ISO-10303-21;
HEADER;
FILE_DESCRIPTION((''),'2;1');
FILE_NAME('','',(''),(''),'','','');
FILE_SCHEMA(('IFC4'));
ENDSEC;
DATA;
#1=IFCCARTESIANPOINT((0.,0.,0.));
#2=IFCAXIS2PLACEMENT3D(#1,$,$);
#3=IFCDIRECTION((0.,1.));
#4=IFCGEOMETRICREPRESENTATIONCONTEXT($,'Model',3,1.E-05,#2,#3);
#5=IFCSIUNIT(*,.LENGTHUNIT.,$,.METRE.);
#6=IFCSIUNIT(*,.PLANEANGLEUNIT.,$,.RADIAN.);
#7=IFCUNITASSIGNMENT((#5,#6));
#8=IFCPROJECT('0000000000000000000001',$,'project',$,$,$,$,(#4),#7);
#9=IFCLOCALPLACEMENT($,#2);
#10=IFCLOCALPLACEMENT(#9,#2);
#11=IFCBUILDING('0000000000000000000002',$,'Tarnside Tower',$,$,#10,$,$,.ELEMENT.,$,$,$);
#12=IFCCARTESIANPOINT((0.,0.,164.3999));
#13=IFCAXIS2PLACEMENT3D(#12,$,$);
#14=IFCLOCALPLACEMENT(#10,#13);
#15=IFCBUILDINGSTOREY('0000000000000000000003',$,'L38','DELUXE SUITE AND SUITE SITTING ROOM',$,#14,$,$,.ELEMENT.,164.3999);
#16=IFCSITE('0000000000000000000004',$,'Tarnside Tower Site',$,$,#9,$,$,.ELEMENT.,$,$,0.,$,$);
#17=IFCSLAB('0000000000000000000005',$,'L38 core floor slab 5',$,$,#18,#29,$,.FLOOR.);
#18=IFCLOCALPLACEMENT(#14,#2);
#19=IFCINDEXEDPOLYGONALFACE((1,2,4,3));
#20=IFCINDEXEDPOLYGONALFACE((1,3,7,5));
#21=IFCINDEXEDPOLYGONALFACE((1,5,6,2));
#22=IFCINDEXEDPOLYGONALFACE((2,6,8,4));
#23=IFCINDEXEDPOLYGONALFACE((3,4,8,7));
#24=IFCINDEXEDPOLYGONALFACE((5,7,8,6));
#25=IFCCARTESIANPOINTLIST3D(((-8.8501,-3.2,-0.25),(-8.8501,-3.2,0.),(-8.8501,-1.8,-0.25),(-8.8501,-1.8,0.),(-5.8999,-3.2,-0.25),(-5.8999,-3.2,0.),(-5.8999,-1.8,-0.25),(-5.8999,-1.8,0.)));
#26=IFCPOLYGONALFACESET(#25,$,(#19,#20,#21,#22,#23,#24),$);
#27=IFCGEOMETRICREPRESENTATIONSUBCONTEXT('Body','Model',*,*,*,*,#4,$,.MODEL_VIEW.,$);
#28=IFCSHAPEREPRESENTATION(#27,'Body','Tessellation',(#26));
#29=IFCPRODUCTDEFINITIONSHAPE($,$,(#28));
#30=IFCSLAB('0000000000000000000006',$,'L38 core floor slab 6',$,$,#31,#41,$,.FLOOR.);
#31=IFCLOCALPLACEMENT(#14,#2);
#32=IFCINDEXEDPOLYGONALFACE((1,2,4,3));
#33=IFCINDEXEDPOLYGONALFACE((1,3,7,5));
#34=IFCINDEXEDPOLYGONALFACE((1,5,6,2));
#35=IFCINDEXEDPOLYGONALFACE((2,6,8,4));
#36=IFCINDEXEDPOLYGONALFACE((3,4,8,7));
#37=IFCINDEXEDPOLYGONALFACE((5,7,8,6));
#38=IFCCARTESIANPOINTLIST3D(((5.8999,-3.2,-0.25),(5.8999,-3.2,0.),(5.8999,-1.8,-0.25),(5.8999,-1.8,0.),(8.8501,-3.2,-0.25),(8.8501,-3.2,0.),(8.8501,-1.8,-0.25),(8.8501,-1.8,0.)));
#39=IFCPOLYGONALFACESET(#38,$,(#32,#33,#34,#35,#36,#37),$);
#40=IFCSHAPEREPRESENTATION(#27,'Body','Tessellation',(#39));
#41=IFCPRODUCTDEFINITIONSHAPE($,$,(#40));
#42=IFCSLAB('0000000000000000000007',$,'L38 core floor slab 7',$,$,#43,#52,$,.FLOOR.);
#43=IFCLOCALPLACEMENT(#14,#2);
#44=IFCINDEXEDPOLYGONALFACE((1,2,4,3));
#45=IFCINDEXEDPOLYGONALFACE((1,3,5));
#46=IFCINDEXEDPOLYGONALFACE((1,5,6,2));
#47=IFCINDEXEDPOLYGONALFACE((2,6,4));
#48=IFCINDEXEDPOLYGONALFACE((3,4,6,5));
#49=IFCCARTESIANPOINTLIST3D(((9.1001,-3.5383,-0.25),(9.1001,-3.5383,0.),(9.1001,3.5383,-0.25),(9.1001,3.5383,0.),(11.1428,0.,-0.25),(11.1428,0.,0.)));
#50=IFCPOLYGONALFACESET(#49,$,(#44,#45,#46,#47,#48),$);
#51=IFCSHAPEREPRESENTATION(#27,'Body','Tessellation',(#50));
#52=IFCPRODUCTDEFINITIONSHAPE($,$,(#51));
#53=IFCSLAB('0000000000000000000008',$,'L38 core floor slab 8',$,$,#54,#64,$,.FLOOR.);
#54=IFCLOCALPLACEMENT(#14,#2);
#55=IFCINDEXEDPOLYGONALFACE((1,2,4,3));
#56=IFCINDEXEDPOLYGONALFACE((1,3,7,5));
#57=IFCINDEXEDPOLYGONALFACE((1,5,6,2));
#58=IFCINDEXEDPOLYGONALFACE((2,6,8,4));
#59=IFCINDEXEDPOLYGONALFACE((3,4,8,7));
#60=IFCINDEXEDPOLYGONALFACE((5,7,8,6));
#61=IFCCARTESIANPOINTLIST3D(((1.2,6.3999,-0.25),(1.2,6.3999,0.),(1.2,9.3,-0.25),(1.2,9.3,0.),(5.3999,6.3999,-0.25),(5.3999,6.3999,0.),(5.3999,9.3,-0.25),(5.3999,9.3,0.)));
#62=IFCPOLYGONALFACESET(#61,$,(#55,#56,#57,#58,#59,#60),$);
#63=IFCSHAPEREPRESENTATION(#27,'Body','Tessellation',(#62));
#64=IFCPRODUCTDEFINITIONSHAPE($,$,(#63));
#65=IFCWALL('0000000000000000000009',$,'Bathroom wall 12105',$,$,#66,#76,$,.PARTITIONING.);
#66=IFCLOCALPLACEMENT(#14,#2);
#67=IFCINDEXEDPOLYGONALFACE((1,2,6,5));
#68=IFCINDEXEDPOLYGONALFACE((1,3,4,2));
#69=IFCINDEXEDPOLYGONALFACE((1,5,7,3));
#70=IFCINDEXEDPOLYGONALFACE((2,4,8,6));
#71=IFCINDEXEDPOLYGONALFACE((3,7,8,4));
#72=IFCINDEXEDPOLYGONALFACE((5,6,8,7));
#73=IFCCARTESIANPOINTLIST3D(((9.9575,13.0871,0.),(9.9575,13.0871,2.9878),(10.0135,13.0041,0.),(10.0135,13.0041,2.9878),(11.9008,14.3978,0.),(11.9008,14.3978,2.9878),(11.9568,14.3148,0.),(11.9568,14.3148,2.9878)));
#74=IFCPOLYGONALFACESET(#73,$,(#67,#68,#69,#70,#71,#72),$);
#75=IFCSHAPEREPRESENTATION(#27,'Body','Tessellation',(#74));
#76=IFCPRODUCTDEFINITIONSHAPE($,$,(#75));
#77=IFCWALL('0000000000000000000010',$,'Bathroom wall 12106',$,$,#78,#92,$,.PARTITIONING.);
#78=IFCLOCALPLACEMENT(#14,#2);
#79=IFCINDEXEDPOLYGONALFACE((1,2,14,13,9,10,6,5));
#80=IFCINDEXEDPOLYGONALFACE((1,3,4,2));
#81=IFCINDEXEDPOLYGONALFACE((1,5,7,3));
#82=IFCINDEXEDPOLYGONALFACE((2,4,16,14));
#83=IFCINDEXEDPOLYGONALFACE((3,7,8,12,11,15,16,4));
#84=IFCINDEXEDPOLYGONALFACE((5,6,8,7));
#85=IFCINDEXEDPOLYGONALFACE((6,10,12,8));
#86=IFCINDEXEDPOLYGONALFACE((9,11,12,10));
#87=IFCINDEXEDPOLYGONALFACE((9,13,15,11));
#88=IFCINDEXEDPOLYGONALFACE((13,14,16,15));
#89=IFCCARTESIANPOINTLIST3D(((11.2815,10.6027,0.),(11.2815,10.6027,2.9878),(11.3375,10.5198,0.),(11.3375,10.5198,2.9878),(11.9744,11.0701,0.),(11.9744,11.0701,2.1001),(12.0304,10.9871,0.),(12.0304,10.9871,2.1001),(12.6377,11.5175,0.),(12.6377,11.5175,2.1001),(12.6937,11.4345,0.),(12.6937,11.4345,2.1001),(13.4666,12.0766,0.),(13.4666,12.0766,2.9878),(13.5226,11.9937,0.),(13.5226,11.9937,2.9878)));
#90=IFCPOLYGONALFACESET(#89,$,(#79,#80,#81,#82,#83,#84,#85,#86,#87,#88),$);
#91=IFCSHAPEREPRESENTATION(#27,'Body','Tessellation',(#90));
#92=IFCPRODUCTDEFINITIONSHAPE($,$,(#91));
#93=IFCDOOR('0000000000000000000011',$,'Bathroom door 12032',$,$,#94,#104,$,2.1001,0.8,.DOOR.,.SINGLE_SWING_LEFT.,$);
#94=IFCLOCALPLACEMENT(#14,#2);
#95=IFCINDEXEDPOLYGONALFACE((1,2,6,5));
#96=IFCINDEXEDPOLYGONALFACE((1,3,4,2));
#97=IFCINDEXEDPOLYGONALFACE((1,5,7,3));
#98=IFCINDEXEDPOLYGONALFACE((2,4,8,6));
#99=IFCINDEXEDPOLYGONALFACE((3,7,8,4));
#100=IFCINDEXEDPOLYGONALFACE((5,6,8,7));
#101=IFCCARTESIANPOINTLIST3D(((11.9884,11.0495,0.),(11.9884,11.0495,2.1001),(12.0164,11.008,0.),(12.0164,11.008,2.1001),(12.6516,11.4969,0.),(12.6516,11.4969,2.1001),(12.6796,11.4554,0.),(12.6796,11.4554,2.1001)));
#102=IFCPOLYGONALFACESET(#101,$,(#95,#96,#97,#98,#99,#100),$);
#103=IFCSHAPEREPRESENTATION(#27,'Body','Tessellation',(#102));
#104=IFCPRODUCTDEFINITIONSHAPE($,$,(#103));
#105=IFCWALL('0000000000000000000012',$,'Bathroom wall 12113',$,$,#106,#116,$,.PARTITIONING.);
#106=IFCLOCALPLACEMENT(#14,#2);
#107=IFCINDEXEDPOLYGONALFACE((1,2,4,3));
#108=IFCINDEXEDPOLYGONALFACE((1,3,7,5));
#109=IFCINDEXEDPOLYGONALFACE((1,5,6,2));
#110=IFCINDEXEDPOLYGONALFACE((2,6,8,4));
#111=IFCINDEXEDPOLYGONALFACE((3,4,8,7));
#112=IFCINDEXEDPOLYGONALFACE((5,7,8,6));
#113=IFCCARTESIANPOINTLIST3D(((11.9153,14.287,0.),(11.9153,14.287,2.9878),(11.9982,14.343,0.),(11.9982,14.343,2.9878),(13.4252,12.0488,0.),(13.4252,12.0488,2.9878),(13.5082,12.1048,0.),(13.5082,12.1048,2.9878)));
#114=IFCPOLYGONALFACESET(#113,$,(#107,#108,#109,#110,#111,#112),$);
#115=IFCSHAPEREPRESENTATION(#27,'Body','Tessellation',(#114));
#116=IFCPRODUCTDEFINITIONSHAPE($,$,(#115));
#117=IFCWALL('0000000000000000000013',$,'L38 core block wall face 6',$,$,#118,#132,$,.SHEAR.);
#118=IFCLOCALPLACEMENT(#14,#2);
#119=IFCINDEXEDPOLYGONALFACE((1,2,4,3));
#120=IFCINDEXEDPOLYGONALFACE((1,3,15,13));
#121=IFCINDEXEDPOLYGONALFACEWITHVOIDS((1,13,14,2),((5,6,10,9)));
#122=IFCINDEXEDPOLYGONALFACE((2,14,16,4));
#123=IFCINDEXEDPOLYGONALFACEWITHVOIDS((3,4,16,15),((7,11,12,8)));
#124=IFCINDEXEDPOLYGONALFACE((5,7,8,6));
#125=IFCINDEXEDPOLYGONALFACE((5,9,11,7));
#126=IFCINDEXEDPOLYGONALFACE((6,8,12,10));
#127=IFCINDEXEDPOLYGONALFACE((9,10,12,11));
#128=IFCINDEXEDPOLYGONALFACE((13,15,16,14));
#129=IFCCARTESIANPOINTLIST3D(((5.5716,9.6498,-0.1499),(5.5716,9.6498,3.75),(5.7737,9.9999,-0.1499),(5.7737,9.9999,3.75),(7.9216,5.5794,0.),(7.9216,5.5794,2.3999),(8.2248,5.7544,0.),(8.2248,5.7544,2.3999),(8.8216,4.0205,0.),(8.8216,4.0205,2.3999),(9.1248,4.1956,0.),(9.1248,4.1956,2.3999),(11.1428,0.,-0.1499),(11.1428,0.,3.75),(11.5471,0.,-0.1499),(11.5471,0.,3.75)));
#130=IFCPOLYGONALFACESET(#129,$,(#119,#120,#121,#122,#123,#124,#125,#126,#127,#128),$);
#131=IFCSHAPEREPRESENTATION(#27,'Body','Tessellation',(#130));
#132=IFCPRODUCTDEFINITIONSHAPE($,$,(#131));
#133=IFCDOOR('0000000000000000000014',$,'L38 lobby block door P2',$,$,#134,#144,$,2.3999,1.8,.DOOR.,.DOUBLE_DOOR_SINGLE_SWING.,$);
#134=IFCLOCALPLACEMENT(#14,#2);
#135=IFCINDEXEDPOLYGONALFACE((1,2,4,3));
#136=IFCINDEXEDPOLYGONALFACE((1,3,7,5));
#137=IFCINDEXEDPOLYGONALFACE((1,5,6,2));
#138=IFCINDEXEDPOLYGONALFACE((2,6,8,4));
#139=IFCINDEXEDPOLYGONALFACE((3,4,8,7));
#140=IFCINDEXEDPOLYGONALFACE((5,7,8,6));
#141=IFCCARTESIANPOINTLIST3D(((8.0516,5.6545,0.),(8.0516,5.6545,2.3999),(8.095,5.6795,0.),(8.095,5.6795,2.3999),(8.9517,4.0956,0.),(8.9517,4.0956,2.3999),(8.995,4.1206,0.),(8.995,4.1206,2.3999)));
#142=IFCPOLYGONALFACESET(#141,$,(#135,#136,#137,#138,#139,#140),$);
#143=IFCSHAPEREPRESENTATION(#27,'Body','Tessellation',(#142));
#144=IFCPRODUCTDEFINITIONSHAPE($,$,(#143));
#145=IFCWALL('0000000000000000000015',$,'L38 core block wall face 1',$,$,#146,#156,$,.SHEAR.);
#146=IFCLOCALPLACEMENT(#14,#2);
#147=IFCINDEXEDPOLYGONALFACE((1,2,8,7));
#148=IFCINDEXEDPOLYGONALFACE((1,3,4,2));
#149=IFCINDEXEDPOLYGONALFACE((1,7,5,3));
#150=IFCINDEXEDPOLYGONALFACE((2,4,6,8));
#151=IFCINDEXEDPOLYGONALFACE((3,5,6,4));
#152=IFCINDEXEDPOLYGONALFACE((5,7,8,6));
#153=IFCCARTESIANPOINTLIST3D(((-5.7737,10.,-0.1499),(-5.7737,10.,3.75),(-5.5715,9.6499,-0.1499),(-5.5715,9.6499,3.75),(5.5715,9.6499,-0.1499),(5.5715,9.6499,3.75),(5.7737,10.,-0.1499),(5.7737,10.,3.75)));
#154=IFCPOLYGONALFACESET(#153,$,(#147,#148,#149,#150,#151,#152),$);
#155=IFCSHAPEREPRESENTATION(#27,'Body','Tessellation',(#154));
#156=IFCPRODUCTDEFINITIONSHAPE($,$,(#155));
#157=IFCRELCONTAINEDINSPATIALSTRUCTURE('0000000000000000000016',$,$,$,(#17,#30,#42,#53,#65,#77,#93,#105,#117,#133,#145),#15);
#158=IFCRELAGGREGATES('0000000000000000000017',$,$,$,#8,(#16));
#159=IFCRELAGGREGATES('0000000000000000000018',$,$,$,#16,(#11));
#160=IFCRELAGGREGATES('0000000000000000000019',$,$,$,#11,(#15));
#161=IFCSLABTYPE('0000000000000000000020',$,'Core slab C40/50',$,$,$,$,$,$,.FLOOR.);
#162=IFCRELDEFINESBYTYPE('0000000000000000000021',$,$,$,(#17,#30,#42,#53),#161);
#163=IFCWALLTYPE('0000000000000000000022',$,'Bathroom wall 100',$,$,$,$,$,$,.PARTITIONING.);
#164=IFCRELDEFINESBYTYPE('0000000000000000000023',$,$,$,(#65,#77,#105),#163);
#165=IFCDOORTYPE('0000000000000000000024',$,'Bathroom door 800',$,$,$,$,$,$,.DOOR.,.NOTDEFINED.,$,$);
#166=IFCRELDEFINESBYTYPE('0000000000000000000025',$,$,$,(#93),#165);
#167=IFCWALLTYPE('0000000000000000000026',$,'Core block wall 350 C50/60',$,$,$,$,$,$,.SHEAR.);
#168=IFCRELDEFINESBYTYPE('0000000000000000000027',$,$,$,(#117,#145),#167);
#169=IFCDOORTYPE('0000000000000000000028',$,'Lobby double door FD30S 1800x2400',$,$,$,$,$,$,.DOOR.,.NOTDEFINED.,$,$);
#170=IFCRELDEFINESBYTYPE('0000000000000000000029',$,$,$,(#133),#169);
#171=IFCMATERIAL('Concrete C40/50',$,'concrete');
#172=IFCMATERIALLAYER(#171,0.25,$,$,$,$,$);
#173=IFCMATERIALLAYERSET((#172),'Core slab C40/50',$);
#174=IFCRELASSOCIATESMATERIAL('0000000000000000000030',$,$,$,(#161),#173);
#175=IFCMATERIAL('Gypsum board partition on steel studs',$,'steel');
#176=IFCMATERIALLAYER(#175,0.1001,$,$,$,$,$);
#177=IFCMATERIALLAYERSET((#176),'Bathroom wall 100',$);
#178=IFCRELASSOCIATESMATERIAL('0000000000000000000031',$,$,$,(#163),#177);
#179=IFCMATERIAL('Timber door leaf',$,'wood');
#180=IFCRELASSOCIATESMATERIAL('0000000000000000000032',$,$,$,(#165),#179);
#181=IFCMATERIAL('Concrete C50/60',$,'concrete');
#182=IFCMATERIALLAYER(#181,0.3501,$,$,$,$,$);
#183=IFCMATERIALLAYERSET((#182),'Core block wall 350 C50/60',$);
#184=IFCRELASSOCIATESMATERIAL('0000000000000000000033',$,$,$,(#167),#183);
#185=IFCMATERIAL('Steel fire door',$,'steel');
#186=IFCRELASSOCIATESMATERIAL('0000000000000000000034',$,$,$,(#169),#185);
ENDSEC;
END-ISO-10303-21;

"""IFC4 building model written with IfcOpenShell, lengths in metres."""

from ifc_helpers import new_model, si_unit, direction, frame, frame_2d, origin, place, context, subcontext, project, spatial, polyline, rectangle, outline, extrude, material, layer, layer_set, type_object, element, fill, save


model = new_model("IFC4")

# Units and contexts
model_context = context("Model", 3, precision=1e-05, world=origin(), true_north=direction((0.0, 1.0)))
body_context = subcontext(model_context, "Body", "Model", "MODEL_VIEW")
ifc_project = project(units=[si_unit("LENGTHUNIT", "METRE"), si_unit("PLANEANGLEUNIT", "RADIAN")], contexts=[model_context])

# Site, building, storey
site_placement = place(None, origin())
site = spatial("IfcSite", under=ifc_project, at=site_placement, Name="Tarnside Tower Site", CompositionType="ELEMENT", RefElevation=0.0)
building_placement = place(site_placement, origin())
building = spatial("IfcBuilding", under=site, at=building_placement, Name="Tarnside Tower", CompositionType="ELEMENT")
storey_placement = place(building_placement, frame((0.0, 0.0, 164.3999)))
storey = spatial("IfcBuildingStorey", under=building, at=storey_placement, Name="L38", Description="DELUXE SUITE AND SUITE SITTING ROOM", CompositionType="ELEMENT", Elevation=164.3999)

# Slabs
ifc_material_1 = material(Name="Concrete C40/50", Category="concrete")
ifc_layer_1 = layer(ifc_material_1, 0.25)
ifc_layer_set_1 = layer_set([ifc_layer_1], Name="Core slab C40/50")
slab_type = type_object("IfcSlabType", Name="Core slab C40/50", PredefinedType="FLOOR", material=ifc_layer_set_1)
slab_1_placement = place(storey_placement, frame((0.0, 0.0, -0.25)))
element("IfcSlab", 1, at=slab_1_placement, inside=storey, type_object=slab_type, Name="L38 core floor slab 5", PredefinedType="FLOOR", context=body_context, shape_type="SweptSolid", body=[
    extrude(outline(polyline([(-8.8501, -1.8), (-5.8999, -1.8), (-5.8999, -3.2), (-8.8501, -3.2), (-8.8501, -1.8)])), origin(), (0.0, 0.0, 1.0), 0.25),
])
slab_2_placement = place(storey_placement, frame((0.0, 0.0, -0.25)))
element("IfcSlab", 2, at=slab_2_placement, inside=storey, type_object=slab_type, Name="L38 core floor slab 6", PredefinedType="FLOOR", context=body_context, shape_type="SweptSolid", body=[
    extrude(outline(polyline([(5.8999, -3.2), (5.8999, -1.8), (8.8501, -1.8), (8.8501, -3.2), (5.8999, -3.2)])), origin(), (0.0, 0.0, 1.0), 0.25),
])
slab_3_placement = place(storey_placement, frame((0.0, 0.0, -0.25)))
element("IfcSlab", 3, at=slab_3_placement, inside=storey, type_object=slab_type, Name="L38 core floor slab 7", PredefinedType="FLOOR", context=body_context, shape_type="SweptSolid", body=[
    extrude(outline(polyline([(9.1001, -3.5383), (9.1001, 3.5383), (11.1428, 0.0), (9.1001, -3.5383)])), origin(), (0.0, 0.0, 1.0), 0.25),
])
slab_4_placement = place(storey_placement, frame((0.0, 0.0, -0.25)))
element("IfcSlab", 4, at=slab_4_placement, inside=storey, type_object=slab_type, Name="L38 core floor slab 8", PredefinedType="FLOOR", context=body_context, shape_type="SweptSolid", body=[
    extrude(outline(polyline([(5.3999, 9.3), (5.3999, 6.3999), (1.2, 6.3999), (1.2, 9.3), (5.3999, 9.3)])), origin(), (0.0, 0.0, 1.0), 0.25),
])

# Wall
ifc_material_2 = material(Name="Gypsum board partition on steel studs", Category="steel")
ifc_layer_2 = layer(ifc_material_2, 0.1001)
ifc_layer_set_2 = layer_set([ifc_layer_2], Name="Bathroom wall 100")
wall_type_1 = type_object("IfcWallType", Name="Bathroom wall 100", PredefinedType="PARTITIONING", material=ifc_layer_set_2)
wall_1_placement = place(storey_placement, frame((9.9856, 13.0457, 0.0), z_axis=(0.0, 0.0, 1.0), x_axis=(0.829042, 0.559187, 0.0)))
element("IfcWall", 5, at=wall_1_placement, inside=storey, type_object=wall_type_1, Name="Bathroom wall 12105", PredefinedType="PARTITIONING", context=body_context, shape_type="SweptSolid", body=[
    extrude(rectangle(XDim=2.344, YDim=0.1001, at=frame_2d((1.1719, 0.0))), origin(), (0.0, 0.0, 1.0), 2.9878),
])

# Wall, opening, door
wall_2_placement = place(storey_placement, frame((13.4946, 12.0352, 0.0), z_axis=(0.0, 0.0, 1.0), x_axis=(-0.829031, -0.559202, 0.0)))
wall_2 = element("IfcWall", 6, at=wall_2_placement, inside=storey, type_object=wall_type_1, Name="Bathroom wall 12106", PredefinedType="PARTITIONING", context=body_context, shape_type="SweptSolid", body=[
    extrude(rectangle(XDim=2.6357, YDim=0.1001, at=frame_2d((1.3179, 0.0))), origin(), (0.0, 0.0, 1.0), 2.9878),
])
opening_1_placement = place(wall_2_placement, frame((1.0, 0.0, 0.0)))
opening_1 = element("IfcOpeningElement", 7, at=opening_1_placement, cuts=wall_2, PredefinedType="OPENING", context=body_context, shape_type="SweptSolid", body=[
    extrude(rectangle(XDim=0.8, YDim=2.1001, at=frame_2d((0.3999, 1.05))), frame((0.0, 0.0601, 0.0), z_axis=(0.0, -1.0, 0.0), x_axis=(1.0, 0.0, 0.0)), (0.0, 0.0, 1.0), 0.1201),
])
ifc_material_3 = material(Name="Timber door leaf", Category="wood")
door_type_1 = type_object("IfcDoorType", Name="Bathroom door 800", OperationType="NOTDEFINED", PredefinedType="DOOR", material=ifc_material_3)
door_1_placement = place(opening_1_placement, origin())
door_1 = element("IfcDoor", 8, at=door_1_placement, inside=storey, type_object=door_type_1, Name="Bathroom door 12032", OperationType="SINGLE_SWING_LEFT", OverallHeight=2.1001, OverallWidth=0.8, PredefinedType="DOOR", context=body_context, shape_type="SweptSolid", body=[
    extrude(rectangle(XDim=0.8, YDim=2.1001, at=frame_2d((0.3999, 1.05))), frame((0.0, 0.0249, 0.0), z_axis=(0.0, -1.0, 0.0), x_axis=(1.0, 0.0, 0.0)), (0.0, 0.0, 1.0), 0.05),
])
fill(opening_1, door_1)

# Wall
wall_3_placement = place(storey_placement, frame((13.4668, 12.0767, 0.0), z_axis=(0.0, 0.0, 1.0), x_axis=(-0.559262, 0.828991, 0.0)))
element("IfcWall", 9, at=wall_3_placement, inside=storey, type_object=wall_type_1, Name="Bathroom wall 12113", PredefinedType="PARTITIONING", context=body_context, shape_type="SweptSolid", body=[
    extrude(rectangle(XDim=2.7, YDim=0.1001, at=frame_2d((1.3501, 0.0))), origin(), (0.0, 0.0, 1.0), 2.9878),
])

# Wall, opening, door
ifc_material_4 = material(Name="Concrete C50/60", Category="concrete")
ifc_layer_3 = layer(ifc_material_4, 0.3501)
ifc_layer_set_3 = layer_set([ifc_layer_3], Name="Core block wall 350 C50/60")
wall_type_2 = type_object("IfcWallType", Name="Core block wall 350 C50/60", PredefinedType="SHEAR", material=ifc_layer_set_3)
wall_4_placement = place(storey_placement, frame((11.345, 0.0, -0.1499), z_axis=(0.0, 0.0, 1.0), x_axis=(-0.499995, 0.866028, 0.0)))
wall_4 = element("IfcWall", 10, at=wall_4_placement, inside=storey, type_object=wall_type_2, Name="L38 core block wall face 6", PredefinedType="SHEAR", context=body_context, shape_type="SweptSolid", body=[
    extrude(outline(polyline([(-0.1011, -0.175), (11.4458, -0.175), (11.2437, 0.175), (0.1011, 0.175), (-0.1011, -0.175)])), origin(), (0.0, 0.0, 1.0), 3.8999),
])
opening_2_placement = place(wall_4_placement, frame((4.7437, 0.0, 0.1499)))
opening_2 = element("IfcOpeningElement", 11, at=opening_2_placement, cuts=wall_4, PredefinedType="OPENING", context=body_context, shape_type="SweptSolid", body=[
    extrude(rectangle(XDim=1.8, YDim=2.3999, at=frame_2d((0.8999, 1.2))), frame((0.0, 0.1851, 0.0), z_axis=(0.0, -1.0, 0.0), x_axis=(1.0, 0.0, 0.0)), (0.0, 0.0, 1.0), 0.3701),
])
ifc_material_5 = material(Name="Steel fire door", Category="steel")
door_type_2 = type_object("IfcDoorType", Name="Lobby double door FD30S 1800x2400", OperationType="NOTDEFINED", PredefinedType="DOOR", material=ifc_material_5)
door_2_placement = place(opening_2_placement, origin())
door_2 = element("IfcDoor", 12, at=door_2_placement, inside=storey, type_object=door_type_2, Name="L38 lobby block door P2", OperationType="DOUBLE_DOOR_SINGLE_SWING", OverallHeight=2.3999, OverallWidth=1.8, PredefinedType="DOOR", context=body_context, shape_type="SweptSolid", body=[
    extrude(rectangle(XDim=1.8, YDim=2.3999, at=frame_2d((0.8999, 1.2))), frame((0.0, 0.0249, 0.0), z_axis=(0.0, -1.0, 0.0), x_axis=(1.0, 0.0, 0.0)), (0.0, 0.0, 1.0), 0.05),
])
fill(opening_2, door_2)

# Wall
wall_5_placement = place(storey_placement, frame((5.6726, 9.825, -0.1499), z_axis=(0.0, 0.0, 1.0), x_axis=(-1.0, 0.0, 0.0)))
element("IfcWall", 13, at=wall_5_placement, inside=storey, type_object=wall_type_2, Name="L38 core block wall face 1", PredefinedType="SHEAR", context=body_context, shape_type="SweptSolid", body=[
    extrude(outline(polyline([(-0.1011, -0.175), (11.4463, -0.175), (11.2441, 0.175), (0.1011, 0.175), (-0.1011, -0.175)])), origin(), (0.0, 0.0, 1.0), 3.8999),
])

save(model, "model.ifc")
